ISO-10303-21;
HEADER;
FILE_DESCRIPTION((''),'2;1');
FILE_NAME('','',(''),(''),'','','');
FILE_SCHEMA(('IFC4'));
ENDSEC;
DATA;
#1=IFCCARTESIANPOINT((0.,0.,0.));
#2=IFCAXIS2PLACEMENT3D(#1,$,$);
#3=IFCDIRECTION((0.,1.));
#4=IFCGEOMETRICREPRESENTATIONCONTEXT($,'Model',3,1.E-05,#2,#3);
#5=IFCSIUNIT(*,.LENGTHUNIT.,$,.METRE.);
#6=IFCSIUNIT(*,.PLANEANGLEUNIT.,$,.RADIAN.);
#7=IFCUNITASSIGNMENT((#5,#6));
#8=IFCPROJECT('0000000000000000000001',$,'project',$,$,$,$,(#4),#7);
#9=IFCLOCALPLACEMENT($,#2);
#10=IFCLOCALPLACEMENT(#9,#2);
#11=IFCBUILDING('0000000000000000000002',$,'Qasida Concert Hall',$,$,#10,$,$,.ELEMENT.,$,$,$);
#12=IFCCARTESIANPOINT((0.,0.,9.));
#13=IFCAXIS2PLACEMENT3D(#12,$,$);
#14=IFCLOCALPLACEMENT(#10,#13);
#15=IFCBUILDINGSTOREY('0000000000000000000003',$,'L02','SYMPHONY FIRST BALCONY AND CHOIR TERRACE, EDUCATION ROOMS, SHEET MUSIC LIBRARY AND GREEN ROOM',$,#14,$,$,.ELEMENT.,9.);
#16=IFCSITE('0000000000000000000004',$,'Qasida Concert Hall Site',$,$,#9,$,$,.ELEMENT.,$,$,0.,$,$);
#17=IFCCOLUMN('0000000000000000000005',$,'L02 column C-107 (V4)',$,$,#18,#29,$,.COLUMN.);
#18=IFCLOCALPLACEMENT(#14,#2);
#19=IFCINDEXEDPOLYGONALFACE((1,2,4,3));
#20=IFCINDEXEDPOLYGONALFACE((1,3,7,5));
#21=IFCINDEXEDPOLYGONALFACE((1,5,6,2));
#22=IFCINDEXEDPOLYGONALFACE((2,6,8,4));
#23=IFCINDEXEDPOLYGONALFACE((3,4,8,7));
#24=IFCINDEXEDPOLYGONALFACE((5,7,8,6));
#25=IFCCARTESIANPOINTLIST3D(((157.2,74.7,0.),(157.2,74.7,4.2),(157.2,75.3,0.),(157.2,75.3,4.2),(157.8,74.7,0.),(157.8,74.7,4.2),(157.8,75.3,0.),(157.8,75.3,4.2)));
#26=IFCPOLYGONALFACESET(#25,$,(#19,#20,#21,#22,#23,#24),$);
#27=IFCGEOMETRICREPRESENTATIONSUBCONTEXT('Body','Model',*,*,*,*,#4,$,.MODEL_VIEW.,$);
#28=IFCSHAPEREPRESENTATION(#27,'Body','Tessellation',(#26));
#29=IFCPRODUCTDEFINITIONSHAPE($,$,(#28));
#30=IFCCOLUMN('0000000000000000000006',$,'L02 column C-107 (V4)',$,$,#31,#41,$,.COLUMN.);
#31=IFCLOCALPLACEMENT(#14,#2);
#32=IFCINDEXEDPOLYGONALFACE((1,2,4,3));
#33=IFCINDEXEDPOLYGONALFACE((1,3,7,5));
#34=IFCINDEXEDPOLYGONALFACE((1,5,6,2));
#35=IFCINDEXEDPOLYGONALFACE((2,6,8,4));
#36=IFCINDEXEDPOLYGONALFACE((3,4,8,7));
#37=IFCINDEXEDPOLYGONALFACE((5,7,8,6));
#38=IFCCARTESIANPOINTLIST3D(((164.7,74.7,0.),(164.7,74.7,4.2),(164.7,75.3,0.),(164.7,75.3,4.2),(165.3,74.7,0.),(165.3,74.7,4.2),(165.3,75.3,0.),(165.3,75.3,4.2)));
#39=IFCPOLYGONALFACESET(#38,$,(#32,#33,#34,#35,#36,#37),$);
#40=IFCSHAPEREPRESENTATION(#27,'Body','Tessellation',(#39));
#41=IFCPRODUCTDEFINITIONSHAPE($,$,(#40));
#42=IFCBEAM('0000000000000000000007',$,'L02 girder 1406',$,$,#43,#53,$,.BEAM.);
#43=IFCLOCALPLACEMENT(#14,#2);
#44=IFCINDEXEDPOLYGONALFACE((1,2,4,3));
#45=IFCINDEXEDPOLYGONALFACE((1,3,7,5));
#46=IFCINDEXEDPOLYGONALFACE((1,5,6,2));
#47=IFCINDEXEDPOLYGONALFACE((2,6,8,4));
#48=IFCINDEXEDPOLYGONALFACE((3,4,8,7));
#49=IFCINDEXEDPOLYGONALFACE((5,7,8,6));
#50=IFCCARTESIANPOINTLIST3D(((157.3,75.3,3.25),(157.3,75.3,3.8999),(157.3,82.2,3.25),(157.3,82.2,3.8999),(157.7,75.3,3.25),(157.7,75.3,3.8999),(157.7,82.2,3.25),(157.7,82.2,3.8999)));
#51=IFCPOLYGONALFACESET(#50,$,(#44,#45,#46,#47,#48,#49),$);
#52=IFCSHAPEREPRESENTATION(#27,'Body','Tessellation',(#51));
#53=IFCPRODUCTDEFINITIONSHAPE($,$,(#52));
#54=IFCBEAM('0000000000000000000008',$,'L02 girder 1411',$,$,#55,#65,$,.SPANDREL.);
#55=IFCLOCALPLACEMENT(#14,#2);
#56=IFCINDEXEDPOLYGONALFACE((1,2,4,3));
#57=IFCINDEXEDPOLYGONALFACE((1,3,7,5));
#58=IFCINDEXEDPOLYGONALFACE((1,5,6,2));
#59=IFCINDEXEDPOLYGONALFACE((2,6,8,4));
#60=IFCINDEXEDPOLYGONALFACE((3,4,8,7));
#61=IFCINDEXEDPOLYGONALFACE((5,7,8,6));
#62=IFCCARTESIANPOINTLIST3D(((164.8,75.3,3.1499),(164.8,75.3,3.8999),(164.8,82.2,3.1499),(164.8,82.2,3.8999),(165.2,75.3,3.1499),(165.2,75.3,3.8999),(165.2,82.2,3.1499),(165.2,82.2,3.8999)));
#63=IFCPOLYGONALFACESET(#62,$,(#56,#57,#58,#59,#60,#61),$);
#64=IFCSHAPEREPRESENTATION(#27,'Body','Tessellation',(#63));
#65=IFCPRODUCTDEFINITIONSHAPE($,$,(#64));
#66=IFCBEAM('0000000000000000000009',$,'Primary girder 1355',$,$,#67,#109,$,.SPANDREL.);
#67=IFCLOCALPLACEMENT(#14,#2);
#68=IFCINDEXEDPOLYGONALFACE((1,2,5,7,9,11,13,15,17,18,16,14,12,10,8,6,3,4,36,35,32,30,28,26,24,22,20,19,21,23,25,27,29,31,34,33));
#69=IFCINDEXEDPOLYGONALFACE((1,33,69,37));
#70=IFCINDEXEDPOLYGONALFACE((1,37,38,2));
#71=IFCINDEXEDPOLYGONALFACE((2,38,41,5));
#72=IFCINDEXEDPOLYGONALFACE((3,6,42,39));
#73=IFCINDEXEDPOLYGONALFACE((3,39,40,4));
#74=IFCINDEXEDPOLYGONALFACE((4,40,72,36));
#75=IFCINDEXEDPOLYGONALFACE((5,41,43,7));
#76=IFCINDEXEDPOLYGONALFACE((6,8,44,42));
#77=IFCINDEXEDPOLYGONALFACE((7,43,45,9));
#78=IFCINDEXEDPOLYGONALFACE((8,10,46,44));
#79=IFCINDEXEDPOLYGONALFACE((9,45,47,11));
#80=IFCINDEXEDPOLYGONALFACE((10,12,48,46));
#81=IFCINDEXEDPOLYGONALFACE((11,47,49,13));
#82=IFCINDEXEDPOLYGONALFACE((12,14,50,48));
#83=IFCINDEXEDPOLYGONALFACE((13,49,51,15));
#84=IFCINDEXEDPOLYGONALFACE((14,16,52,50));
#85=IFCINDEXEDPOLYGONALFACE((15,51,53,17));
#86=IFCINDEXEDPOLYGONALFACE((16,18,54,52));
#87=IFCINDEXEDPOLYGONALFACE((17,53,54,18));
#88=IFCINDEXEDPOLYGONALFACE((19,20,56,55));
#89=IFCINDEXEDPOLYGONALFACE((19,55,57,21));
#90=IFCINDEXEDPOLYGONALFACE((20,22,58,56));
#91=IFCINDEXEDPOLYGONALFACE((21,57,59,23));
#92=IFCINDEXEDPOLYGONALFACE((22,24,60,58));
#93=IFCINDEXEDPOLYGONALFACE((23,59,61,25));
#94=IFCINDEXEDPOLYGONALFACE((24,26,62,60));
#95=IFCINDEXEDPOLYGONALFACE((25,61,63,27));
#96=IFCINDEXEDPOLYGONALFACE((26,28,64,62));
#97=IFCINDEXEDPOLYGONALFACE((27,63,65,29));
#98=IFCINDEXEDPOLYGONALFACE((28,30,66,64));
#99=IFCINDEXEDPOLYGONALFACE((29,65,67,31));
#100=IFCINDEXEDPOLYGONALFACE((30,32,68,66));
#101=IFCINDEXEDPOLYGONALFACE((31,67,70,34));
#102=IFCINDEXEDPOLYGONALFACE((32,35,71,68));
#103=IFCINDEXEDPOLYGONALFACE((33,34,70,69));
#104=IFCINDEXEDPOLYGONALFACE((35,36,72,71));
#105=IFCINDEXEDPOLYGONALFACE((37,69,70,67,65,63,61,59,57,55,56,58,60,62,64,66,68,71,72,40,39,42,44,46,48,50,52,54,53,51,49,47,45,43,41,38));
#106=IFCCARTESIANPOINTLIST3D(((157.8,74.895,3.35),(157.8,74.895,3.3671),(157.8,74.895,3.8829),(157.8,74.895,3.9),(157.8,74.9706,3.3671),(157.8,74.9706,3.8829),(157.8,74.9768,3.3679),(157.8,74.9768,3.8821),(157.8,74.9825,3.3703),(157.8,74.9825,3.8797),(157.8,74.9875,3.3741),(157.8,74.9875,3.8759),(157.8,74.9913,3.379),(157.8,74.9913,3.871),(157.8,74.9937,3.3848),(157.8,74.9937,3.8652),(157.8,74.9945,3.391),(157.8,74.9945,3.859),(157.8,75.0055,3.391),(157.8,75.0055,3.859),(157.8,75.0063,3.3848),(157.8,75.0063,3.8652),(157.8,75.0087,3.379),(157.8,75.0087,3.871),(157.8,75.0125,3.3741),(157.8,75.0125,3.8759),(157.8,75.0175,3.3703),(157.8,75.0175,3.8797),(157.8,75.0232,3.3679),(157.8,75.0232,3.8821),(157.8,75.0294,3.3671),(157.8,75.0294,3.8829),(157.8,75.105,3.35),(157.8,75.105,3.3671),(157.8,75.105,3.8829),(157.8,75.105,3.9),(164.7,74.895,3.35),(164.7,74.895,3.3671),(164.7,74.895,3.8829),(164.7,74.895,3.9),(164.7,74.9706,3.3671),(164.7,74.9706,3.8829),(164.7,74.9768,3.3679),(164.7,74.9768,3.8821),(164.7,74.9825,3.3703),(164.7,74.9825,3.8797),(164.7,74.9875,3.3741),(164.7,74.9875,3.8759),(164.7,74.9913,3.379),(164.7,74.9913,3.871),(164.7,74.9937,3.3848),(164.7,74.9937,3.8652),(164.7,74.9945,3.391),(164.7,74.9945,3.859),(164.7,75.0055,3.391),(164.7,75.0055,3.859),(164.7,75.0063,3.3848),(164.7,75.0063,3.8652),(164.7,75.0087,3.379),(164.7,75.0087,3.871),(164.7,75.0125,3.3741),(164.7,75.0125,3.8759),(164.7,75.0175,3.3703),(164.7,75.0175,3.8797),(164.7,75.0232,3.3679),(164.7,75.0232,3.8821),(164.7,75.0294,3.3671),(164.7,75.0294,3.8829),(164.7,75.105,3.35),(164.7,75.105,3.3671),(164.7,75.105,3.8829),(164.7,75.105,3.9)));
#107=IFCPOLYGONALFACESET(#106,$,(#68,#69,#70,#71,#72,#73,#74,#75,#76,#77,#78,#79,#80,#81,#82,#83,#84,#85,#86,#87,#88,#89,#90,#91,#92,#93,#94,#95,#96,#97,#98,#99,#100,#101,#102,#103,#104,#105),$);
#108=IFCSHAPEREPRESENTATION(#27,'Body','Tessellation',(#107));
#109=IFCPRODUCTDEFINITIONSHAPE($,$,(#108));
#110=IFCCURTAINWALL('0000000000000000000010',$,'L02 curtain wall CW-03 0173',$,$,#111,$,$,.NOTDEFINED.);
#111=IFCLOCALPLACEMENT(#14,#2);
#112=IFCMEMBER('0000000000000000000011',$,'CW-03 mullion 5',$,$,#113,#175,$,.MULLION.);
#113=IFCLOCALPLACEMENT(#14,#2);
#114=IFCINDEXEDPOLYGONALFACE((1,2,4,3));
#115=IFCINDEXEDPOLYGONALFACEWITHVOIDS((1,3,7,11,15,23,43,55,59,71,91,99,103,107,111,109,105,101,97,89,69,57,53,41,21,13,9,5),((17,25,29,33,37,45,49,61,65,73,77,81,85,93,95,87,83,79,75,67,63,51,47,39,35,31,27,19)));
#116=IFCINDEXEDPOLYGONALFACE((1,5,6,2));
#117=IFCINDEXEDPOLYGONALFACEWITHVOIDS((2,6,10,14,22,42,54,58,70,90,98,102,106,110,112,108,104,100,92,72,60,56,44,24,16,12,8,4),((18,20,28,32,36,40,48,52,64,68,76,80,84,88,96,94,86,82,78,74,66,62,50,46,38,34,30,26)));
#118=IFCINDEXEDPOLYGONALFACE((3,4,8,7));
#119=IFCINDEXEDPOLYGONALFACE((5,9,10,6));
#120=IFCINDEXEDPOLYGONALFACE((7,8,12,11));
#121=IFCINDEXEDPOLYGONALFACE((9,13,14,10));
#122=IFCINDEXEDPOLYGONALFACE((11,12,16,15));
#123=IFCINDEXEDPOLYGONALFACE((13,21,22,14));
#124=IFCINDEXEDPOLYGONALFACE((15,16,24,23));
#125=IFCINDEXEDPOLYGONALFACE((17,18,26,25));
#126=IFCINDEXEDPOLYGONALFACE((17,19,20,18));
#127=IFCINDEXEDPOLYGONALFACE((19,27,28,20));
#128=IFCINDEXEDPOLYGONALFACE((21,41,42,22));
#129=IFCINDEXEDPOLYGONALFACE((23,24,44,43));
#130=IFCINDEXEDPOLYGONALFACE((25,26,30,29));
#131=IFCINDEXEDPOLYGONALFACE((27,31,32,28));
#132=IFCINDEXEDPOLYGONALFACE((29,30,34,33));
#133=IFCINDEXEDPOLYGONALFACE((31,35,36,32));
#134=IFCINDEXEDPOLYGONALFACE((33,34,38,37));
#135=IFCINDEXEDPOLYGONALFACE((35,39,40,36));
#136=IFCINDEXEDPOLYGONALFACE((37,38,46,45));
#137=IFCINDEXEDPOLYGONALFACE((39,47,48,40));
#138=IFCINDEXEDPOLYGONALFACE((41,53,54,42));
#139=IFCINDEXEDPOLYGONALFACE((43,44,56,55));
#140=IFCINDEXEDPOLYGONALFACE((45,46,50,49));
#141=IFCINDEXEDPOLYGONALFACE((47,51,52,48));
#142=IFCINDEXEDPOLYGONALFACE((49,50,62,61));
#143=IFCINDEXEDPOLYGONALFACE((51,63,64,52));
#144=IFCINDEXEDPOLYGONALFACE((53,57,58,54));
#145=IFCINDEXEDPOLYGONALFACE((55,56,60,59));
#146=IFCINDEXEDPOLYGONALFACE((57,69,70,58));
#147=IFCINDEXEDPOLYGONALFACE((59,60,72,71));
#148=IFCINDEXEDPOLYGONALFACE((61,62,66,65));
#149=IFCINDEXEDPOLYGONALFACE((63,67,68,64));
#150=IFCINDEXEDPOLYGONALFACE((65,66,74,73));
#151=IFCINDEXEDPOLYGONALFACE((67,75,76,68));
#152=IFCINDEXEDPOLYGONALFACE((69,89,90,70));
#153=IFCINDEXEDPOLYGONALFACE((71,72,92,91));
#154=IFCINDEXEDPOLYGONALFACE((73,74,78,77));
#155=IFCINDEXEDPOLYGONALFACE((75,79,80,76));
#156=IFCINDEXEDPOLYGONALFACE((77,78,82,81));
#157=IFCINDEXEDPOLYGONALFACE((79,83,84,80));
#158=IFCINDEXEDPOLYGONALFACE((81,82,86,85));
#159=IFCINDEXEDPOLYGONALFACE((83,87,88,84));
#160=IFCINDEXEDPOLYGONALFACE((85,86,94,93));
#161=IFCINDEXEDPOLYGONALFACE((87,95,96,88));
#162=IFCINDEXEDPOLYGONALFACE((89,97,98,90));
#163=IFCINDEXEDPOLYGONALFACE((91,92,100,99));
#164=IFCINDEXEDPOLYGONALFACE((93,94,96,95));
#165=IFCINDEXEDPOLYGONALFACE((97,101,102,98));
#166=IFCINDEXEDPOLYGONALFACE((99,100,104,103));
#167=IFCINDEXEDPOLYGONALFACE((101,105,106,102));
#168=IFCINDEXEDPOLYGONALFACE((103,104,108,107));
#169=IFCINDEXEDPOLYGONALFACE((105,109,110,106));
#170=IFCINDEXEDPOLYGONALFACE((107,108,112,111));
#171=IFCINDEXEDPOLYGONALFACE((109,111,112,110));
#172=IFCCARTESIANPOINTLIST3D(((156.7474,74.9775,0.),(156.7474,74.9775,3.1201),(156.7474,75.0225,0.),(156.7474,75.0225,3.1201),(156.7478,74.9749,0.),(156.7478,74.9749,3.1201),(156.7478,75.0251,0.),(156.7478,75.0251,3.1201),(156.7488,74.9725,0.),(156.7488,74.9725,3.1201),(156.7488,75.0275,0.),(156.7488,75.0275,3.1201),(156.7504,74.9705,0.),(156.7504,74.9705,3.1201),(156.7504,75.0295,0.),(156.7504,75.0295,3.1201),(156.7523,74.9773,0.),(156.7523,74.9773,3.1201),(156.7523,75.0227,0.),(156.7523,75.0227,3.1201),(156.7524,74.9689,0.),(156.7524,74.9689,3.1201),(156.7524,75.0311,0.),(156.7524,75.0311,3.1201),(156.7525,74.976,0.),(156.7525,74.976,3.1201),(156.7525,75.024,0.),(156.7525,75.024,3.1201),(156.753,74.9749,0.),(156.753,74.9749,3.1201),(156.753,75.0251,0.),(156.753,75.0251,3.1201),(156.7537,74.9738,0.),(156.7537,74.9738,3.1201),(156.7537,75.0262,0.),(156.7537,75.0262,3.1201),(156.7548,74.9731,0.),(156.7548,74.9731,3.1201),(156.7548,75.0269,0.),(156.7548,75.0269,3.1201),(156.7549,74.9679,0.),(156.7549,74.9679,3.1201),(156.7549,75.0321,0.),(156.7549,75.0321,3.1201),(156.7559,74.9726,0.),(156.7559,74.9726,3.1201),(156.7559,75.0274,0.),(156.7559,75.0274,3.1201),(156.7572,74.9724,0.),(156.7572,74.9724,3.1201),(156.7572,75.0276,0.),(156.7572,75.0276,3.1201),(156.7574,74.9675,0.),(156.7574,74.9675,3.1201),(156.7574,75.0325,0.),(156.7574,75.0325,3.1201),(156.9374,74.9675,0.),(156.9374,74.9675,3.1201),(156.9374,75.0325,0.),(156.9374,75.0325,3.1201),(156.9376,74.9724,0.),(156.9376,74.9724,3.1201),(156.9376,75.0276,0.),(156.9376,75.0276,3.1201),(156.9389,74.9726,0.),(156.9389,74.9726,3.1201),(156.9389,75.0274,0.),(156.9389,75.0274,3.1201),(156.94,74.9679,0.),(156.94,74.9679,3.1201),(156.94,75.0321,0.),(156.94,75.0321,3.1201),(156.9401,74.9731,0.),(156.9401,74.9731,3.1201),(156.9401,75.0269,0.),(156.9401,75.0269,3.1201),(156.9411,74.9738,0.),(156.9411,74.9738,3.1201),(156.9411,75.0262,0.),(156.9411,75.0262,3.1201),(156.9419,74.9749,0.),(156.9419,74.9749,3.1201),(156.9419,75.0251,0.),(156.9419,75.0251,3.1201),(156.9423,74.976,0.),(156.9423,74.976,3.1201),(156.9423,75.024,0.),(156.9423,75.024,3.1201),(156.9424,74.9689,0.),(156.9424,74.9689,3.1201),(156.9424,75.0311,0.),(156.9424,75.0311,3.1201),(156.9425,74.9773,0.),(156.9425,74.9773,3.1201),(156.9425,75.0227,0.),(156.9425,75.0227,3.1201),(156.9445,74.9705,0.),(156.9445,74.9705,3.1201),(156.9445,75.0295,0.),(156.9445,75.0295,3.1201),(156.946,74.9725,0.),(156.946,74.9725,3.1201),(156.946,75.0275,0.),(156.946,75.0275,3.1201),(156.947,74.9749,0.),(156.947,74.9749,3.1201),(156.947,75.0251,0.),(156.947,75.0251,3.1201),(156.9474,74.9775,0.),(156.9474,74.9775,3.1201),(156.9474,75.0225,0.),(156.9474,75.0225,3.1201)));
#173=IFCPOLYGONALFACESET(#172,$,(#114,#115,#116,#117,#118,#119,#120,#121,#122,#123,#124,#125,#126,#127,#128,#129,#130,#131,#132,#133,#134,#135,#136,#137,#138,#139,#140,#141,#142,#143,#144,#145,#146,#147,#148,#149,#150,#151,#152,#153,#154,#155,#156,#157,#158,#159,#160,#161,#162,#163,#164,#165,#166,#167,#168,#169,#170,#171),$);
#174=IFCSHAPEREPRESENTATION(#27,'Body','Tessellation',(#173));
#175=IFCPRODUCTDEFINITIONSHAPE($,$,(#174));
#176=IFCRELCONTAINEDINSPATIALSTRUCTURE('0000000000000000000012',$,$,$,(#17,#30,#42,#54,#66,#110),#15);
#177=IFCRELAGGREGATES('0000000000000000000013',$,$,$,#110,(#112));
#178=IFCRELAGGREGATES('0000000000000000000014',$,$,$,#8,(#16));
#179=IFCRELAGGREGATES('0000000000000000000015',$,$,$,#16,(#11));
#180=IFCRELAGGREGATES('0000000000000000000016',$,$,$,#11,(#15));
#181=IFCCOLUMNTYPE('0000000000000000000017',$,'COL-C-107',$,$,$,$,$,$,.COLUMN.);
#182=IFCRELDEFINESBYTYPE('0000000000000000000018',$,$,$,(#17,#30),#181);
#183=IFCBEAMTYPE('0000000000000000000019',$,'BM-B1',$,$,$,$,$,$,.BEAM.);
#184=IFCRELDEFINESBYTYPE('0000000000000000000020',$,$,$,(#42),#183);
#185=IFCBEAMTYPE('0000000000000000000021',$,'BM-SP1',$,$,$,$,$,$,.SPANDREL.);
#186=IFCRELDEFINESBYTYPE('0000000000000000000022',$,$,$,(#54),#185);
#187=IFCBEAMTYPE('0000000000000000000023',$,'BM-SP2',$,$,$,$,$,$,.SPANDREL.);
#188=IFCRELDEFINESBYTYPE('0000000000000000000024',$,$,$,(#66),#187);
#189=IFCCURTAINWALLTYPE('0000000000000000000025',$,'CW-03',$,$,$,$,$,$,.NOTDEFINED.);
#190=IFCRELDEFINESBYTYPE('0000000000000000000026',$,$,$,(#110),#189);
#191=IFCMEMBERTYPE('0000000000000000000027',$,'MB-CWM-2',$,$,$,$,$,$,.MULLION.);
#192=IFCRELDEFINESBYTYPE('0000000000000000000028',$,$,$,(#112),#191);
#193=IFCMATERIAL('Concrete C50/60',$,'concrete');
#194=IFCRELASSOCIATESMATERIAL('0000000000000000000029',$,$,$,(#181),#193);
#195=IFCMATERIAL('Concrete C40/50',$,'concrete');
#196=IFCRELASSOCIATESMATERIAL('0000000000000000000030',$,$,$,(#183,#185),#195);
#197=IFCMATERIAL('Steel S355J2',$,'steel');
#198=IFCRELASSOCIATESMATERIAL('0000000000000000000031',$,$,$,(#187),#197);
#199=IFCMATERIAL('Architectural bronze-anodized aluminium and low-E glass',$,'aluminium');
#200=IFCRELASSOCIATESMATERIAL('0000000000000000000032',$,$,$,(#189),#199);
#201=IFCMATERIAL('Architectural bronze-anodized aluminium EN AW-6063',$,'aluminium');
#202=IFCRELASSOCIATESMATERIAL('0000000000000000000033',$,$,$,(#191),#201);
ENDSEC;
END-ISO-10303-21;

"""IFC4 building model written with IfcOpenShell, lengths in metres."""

from ifc_helpers import new_model, si_unit, direction, frame, origin, origin_2d, place, context, subcontext, project, spatial, rectangle, hollow_rectangle, i_section, extrude, material, material_profile, profile_set, type_object, element, aggregate, save


model = new_model("IFC4")

# Units and contexts
model_context = context("Model", 3, precision=1e-05, world=origin(), true_north=direction((0.0, 1.0)))
body_context = subcontext(model_context, "Body", "Model", "MODEL_VIEW")
ifc_project = project(units=[si_unit("LENGTHUNIT", "METRE"), si_unit("PLANEANGLEUNIT", "RADIAN")], contexts=[model_context])

# Site, building, storey
site_placement = place(None, origin())
site = spatial("IfcSite", under=ifc_project, at=site_placement, Name="Qasida Concert Hall Site", CompositionType="ELEMENT", RefElevation=0.0)
building_placement = place(site_placement, origin())
building = spatial("IfcBuilding", under=site, at=building_placement, Name="Qasida Concert Hall", CompositionType="ELEMENT")
storey_placement = place(building_placement, frame((0.0, 0.0, 9.0)))
storey = spatial("IfcBuildingStorey", under=building, at=storey_placement, Name="L02", Description="SYMPHONY FIRST BALCONY AND CHOIR TERRACE, EDUCATION ROOMS, SHEET MUSIC LIBRARY AND GREEN ROOM", CompositionType="ELEMENT", Elevation=9.0)

# Columns
ifc_material_1 = material(Name="Concrete C50/60", Category="concrete")
ifc_material_profile_1 = material_profile(ifc_material_1, rectangle(XDim=0.6001, YDim=0.6001, at=origin_2d()), Name="RC 600x600")
ifc_profile_set_1 = profile_set([ifc_material_profile_1], Name="Concrete C50/60")
column_type = type_object("IfcColumnType", Name="COL-C-107", PredefinedType="COLUMN", material=ifc_profile_set_1)
for number, where, z_axis, x_axis, name in (
    (1, (157.5, 75.0, 0.0), (0.0, 0.0, 1.0), (1.0, 0.0, 0.0), "L02 column C-107 (V4)"),
    (2, (165.0, 75.0, 0.0), (0.0, 0.0, 1.0), (1.0, 0.0, 0.0), "L02 column C-107 (V4)"),
):
    element("IfcColumn", number, at=place(storey_placement, frame(where, z_axis=z_axis, x_axis=x_axis)), inside=storey, type_object=column_type, Name=name, PredefinedType="COLUMN", context=body_context, shape_type="SweptSolid", body=[
        extrude(rectangle(XDim=0.6001, YDim=0.6001, at=origin_2d()), origin(), (0.0, 0.0, 1.0), 4.2),
    ])

# Beams
ifc_material_2 = material(Name="Concrete C40/50", Category="concrete")
ifc_material_profile_2 = material_profile(ifc_material_2, rectangle(XDim=0.3999, YDim=0.6499, at=origin_2d()), Name="RC 400x650")
ifc_profile_set_2 = profile_set([ifc_material_profile_2], Name="Concrete C40/50")
beam_type_1 = type_object("IfcBeamType", Name="BM-B1", PredefinedType="BEAM", material=ifc_profile_set_2)
beam_1_placement = place(storey_placement, frame((157.5, 75.3, 3.575), z_axis=(0.0, 1.0, 0.0), x_axis=(-1.0, 0.0, 0.0)))
element("IfcBeam", 3, at=beam_1_placement, inside=storey, type_object=beam_type_1, Name="L02 girder 1406", PredefinedType="BEAM", context=body_context, shape_type="SweptSolid", body=[
    extrude(rectangle(XDim=0.3999, YDim=0.6499, at=origin_2d()), origin(), (0.0, 0.0, 1.0), 6.8999),
])
ifc_material_profile_3 = material_profile(ifc_material_2, rectangle(XDim=0.3999, YDim=0.75, at=origin_2d()), Name="RC 400x750")
ifc_profile_set_3 = profile_set([ifc_material_profile_3], Name="Concrete C40/50")
beam_type_2 = type_object("IfcBeamType", Name="BM-SP1", PredefinedType="SPANDREL", material=ifc_profile_set_3)
beam_2_placement = place(storey_placement, frame((165.0, 75.3, 3.5249), z_axis=(0.0, 1.0, 0.0), x_axis=(-1.0, 0.0, 0.0)))
element("IfcBeam", 4, at=beam_2_placement, inside=storey, type_object=beam_type_2, Name="L02 girder 1411", PredefinedType="SPANDREL", context=body_context, shape_type="SweptSolid", body=[
    extrude(rectangle(XDim=0.3999, YDim=0.75, at=origin_2d()), origin(), (0.0, 0.0, 1.0), 6.8999),
])
ifc_material_3 = material(Name="Steel S355J2", Category="steel")
ifc_material_profile_4 = material_profile(ifc_material_3, i_section(OverallWidth=0.21, OverallDepth=0.55, WebThickness=0.011, FlangeThickness=0.0171, FilletRadius=0.0239, at=origin_2d()), Name="IPE 550")
ifc_profile_set_4 = profile_set([ifc_material_profile_4], Name="Steel S355J2")
beam_type_3 = type_object("IfcBeamType", Name="BM-SP2", PredefinedType="SPANDREL", material=ifc_profile_set_4)
beam_3_placement = place(storey_placement, frame((157.8, 75.0, 3.625), z_axis=(1.0, 0.0, 0.0), x_axis=(0.0, 1.0, 0.0)))
element("IfcBeam", 5, at=beam_3_placement, inside=storey, type_object=beam_type_3, Name="Primary girder 1355", PredefinedType="SPANDREL", context=body_context, shape_type="SweptSolid", body=[
    extrude(i_section(OverallWidth=0.21, OverallDepth=0.55, WebThickness=0.011, FlangeThickness=0.0171, FilletRadius=0.0239, at=origin_2d()), origin(), (0.0, 0.0, 1.0), 6.8999),
])

# Curtain wall, member
ifc_material_4 = material(Name="Architectural bronze-anodized aluminium and low-E glass", Category="aluminium")
curtain_wall_type = type_object("IfcCurtainWallType", Name="CW-03", PredefinedType="NOTDEFINED", material=ifc_material_4)
curtain_wall_placement = place(storey_placement, origin())
curtain_wall = element("IfcCurtainWall", 6, at=curtain_wall_placement, inside=storey, type_object=curtain_wall_type, Name="L02 curtain wall CW-03 0173", PredefinedType="NOTDEFINED")
ifc_material_5 = material(Name="Architectural bronze-anodized aluminium EN AW-6063", Category="aluminium")
ifc_material_profile_5 = material_profile(ifc_material_5, hollow_rectangle(XDim=0.0649, YDim=0.2, WallThickness=0.0049, InnerFilletRadius=0.0049, OuterFilletRadius=0.01, at=origin_2d()), Name="CWM 200x65x5")
ifc_profile_set_5 = profile_set([ifc_material_profile_5], Name="Architectural bronze-anodized aluminium EN AW-6063")
member_type_1 = type_object("IfcMemberType", Name="MB-CWM-2", PredefinedType="MULLION", material=ifc_profile_set_5)
member_1_placement = place(storey_placement, frame((156.8474, 75.0, 0.0), z_axis=(0.0, 0.0, 1.0), x_axis=(0.0, 1.0, 0.0)))
member_1 = element("IfcMember", 7, at=member_1_placement, type_object=member_type_1, Name="CW-03 mullion 5", PredefinedType="MULLION", context=body_context, shape_type="SweptSolid", body=[
    extrude(hollow_rectangle(XDim=0.0649, YDim=0.2, WallThickness=0.0049, InnerFilletRadius=0.0049, OuterFilletRadius=0.01, at=origin_2d()), origin(), (0.0, 0.0, 1.0), 3.1201),
])
aggregate(curtain_wall, [member_1])

save(model, "model.ifc")
